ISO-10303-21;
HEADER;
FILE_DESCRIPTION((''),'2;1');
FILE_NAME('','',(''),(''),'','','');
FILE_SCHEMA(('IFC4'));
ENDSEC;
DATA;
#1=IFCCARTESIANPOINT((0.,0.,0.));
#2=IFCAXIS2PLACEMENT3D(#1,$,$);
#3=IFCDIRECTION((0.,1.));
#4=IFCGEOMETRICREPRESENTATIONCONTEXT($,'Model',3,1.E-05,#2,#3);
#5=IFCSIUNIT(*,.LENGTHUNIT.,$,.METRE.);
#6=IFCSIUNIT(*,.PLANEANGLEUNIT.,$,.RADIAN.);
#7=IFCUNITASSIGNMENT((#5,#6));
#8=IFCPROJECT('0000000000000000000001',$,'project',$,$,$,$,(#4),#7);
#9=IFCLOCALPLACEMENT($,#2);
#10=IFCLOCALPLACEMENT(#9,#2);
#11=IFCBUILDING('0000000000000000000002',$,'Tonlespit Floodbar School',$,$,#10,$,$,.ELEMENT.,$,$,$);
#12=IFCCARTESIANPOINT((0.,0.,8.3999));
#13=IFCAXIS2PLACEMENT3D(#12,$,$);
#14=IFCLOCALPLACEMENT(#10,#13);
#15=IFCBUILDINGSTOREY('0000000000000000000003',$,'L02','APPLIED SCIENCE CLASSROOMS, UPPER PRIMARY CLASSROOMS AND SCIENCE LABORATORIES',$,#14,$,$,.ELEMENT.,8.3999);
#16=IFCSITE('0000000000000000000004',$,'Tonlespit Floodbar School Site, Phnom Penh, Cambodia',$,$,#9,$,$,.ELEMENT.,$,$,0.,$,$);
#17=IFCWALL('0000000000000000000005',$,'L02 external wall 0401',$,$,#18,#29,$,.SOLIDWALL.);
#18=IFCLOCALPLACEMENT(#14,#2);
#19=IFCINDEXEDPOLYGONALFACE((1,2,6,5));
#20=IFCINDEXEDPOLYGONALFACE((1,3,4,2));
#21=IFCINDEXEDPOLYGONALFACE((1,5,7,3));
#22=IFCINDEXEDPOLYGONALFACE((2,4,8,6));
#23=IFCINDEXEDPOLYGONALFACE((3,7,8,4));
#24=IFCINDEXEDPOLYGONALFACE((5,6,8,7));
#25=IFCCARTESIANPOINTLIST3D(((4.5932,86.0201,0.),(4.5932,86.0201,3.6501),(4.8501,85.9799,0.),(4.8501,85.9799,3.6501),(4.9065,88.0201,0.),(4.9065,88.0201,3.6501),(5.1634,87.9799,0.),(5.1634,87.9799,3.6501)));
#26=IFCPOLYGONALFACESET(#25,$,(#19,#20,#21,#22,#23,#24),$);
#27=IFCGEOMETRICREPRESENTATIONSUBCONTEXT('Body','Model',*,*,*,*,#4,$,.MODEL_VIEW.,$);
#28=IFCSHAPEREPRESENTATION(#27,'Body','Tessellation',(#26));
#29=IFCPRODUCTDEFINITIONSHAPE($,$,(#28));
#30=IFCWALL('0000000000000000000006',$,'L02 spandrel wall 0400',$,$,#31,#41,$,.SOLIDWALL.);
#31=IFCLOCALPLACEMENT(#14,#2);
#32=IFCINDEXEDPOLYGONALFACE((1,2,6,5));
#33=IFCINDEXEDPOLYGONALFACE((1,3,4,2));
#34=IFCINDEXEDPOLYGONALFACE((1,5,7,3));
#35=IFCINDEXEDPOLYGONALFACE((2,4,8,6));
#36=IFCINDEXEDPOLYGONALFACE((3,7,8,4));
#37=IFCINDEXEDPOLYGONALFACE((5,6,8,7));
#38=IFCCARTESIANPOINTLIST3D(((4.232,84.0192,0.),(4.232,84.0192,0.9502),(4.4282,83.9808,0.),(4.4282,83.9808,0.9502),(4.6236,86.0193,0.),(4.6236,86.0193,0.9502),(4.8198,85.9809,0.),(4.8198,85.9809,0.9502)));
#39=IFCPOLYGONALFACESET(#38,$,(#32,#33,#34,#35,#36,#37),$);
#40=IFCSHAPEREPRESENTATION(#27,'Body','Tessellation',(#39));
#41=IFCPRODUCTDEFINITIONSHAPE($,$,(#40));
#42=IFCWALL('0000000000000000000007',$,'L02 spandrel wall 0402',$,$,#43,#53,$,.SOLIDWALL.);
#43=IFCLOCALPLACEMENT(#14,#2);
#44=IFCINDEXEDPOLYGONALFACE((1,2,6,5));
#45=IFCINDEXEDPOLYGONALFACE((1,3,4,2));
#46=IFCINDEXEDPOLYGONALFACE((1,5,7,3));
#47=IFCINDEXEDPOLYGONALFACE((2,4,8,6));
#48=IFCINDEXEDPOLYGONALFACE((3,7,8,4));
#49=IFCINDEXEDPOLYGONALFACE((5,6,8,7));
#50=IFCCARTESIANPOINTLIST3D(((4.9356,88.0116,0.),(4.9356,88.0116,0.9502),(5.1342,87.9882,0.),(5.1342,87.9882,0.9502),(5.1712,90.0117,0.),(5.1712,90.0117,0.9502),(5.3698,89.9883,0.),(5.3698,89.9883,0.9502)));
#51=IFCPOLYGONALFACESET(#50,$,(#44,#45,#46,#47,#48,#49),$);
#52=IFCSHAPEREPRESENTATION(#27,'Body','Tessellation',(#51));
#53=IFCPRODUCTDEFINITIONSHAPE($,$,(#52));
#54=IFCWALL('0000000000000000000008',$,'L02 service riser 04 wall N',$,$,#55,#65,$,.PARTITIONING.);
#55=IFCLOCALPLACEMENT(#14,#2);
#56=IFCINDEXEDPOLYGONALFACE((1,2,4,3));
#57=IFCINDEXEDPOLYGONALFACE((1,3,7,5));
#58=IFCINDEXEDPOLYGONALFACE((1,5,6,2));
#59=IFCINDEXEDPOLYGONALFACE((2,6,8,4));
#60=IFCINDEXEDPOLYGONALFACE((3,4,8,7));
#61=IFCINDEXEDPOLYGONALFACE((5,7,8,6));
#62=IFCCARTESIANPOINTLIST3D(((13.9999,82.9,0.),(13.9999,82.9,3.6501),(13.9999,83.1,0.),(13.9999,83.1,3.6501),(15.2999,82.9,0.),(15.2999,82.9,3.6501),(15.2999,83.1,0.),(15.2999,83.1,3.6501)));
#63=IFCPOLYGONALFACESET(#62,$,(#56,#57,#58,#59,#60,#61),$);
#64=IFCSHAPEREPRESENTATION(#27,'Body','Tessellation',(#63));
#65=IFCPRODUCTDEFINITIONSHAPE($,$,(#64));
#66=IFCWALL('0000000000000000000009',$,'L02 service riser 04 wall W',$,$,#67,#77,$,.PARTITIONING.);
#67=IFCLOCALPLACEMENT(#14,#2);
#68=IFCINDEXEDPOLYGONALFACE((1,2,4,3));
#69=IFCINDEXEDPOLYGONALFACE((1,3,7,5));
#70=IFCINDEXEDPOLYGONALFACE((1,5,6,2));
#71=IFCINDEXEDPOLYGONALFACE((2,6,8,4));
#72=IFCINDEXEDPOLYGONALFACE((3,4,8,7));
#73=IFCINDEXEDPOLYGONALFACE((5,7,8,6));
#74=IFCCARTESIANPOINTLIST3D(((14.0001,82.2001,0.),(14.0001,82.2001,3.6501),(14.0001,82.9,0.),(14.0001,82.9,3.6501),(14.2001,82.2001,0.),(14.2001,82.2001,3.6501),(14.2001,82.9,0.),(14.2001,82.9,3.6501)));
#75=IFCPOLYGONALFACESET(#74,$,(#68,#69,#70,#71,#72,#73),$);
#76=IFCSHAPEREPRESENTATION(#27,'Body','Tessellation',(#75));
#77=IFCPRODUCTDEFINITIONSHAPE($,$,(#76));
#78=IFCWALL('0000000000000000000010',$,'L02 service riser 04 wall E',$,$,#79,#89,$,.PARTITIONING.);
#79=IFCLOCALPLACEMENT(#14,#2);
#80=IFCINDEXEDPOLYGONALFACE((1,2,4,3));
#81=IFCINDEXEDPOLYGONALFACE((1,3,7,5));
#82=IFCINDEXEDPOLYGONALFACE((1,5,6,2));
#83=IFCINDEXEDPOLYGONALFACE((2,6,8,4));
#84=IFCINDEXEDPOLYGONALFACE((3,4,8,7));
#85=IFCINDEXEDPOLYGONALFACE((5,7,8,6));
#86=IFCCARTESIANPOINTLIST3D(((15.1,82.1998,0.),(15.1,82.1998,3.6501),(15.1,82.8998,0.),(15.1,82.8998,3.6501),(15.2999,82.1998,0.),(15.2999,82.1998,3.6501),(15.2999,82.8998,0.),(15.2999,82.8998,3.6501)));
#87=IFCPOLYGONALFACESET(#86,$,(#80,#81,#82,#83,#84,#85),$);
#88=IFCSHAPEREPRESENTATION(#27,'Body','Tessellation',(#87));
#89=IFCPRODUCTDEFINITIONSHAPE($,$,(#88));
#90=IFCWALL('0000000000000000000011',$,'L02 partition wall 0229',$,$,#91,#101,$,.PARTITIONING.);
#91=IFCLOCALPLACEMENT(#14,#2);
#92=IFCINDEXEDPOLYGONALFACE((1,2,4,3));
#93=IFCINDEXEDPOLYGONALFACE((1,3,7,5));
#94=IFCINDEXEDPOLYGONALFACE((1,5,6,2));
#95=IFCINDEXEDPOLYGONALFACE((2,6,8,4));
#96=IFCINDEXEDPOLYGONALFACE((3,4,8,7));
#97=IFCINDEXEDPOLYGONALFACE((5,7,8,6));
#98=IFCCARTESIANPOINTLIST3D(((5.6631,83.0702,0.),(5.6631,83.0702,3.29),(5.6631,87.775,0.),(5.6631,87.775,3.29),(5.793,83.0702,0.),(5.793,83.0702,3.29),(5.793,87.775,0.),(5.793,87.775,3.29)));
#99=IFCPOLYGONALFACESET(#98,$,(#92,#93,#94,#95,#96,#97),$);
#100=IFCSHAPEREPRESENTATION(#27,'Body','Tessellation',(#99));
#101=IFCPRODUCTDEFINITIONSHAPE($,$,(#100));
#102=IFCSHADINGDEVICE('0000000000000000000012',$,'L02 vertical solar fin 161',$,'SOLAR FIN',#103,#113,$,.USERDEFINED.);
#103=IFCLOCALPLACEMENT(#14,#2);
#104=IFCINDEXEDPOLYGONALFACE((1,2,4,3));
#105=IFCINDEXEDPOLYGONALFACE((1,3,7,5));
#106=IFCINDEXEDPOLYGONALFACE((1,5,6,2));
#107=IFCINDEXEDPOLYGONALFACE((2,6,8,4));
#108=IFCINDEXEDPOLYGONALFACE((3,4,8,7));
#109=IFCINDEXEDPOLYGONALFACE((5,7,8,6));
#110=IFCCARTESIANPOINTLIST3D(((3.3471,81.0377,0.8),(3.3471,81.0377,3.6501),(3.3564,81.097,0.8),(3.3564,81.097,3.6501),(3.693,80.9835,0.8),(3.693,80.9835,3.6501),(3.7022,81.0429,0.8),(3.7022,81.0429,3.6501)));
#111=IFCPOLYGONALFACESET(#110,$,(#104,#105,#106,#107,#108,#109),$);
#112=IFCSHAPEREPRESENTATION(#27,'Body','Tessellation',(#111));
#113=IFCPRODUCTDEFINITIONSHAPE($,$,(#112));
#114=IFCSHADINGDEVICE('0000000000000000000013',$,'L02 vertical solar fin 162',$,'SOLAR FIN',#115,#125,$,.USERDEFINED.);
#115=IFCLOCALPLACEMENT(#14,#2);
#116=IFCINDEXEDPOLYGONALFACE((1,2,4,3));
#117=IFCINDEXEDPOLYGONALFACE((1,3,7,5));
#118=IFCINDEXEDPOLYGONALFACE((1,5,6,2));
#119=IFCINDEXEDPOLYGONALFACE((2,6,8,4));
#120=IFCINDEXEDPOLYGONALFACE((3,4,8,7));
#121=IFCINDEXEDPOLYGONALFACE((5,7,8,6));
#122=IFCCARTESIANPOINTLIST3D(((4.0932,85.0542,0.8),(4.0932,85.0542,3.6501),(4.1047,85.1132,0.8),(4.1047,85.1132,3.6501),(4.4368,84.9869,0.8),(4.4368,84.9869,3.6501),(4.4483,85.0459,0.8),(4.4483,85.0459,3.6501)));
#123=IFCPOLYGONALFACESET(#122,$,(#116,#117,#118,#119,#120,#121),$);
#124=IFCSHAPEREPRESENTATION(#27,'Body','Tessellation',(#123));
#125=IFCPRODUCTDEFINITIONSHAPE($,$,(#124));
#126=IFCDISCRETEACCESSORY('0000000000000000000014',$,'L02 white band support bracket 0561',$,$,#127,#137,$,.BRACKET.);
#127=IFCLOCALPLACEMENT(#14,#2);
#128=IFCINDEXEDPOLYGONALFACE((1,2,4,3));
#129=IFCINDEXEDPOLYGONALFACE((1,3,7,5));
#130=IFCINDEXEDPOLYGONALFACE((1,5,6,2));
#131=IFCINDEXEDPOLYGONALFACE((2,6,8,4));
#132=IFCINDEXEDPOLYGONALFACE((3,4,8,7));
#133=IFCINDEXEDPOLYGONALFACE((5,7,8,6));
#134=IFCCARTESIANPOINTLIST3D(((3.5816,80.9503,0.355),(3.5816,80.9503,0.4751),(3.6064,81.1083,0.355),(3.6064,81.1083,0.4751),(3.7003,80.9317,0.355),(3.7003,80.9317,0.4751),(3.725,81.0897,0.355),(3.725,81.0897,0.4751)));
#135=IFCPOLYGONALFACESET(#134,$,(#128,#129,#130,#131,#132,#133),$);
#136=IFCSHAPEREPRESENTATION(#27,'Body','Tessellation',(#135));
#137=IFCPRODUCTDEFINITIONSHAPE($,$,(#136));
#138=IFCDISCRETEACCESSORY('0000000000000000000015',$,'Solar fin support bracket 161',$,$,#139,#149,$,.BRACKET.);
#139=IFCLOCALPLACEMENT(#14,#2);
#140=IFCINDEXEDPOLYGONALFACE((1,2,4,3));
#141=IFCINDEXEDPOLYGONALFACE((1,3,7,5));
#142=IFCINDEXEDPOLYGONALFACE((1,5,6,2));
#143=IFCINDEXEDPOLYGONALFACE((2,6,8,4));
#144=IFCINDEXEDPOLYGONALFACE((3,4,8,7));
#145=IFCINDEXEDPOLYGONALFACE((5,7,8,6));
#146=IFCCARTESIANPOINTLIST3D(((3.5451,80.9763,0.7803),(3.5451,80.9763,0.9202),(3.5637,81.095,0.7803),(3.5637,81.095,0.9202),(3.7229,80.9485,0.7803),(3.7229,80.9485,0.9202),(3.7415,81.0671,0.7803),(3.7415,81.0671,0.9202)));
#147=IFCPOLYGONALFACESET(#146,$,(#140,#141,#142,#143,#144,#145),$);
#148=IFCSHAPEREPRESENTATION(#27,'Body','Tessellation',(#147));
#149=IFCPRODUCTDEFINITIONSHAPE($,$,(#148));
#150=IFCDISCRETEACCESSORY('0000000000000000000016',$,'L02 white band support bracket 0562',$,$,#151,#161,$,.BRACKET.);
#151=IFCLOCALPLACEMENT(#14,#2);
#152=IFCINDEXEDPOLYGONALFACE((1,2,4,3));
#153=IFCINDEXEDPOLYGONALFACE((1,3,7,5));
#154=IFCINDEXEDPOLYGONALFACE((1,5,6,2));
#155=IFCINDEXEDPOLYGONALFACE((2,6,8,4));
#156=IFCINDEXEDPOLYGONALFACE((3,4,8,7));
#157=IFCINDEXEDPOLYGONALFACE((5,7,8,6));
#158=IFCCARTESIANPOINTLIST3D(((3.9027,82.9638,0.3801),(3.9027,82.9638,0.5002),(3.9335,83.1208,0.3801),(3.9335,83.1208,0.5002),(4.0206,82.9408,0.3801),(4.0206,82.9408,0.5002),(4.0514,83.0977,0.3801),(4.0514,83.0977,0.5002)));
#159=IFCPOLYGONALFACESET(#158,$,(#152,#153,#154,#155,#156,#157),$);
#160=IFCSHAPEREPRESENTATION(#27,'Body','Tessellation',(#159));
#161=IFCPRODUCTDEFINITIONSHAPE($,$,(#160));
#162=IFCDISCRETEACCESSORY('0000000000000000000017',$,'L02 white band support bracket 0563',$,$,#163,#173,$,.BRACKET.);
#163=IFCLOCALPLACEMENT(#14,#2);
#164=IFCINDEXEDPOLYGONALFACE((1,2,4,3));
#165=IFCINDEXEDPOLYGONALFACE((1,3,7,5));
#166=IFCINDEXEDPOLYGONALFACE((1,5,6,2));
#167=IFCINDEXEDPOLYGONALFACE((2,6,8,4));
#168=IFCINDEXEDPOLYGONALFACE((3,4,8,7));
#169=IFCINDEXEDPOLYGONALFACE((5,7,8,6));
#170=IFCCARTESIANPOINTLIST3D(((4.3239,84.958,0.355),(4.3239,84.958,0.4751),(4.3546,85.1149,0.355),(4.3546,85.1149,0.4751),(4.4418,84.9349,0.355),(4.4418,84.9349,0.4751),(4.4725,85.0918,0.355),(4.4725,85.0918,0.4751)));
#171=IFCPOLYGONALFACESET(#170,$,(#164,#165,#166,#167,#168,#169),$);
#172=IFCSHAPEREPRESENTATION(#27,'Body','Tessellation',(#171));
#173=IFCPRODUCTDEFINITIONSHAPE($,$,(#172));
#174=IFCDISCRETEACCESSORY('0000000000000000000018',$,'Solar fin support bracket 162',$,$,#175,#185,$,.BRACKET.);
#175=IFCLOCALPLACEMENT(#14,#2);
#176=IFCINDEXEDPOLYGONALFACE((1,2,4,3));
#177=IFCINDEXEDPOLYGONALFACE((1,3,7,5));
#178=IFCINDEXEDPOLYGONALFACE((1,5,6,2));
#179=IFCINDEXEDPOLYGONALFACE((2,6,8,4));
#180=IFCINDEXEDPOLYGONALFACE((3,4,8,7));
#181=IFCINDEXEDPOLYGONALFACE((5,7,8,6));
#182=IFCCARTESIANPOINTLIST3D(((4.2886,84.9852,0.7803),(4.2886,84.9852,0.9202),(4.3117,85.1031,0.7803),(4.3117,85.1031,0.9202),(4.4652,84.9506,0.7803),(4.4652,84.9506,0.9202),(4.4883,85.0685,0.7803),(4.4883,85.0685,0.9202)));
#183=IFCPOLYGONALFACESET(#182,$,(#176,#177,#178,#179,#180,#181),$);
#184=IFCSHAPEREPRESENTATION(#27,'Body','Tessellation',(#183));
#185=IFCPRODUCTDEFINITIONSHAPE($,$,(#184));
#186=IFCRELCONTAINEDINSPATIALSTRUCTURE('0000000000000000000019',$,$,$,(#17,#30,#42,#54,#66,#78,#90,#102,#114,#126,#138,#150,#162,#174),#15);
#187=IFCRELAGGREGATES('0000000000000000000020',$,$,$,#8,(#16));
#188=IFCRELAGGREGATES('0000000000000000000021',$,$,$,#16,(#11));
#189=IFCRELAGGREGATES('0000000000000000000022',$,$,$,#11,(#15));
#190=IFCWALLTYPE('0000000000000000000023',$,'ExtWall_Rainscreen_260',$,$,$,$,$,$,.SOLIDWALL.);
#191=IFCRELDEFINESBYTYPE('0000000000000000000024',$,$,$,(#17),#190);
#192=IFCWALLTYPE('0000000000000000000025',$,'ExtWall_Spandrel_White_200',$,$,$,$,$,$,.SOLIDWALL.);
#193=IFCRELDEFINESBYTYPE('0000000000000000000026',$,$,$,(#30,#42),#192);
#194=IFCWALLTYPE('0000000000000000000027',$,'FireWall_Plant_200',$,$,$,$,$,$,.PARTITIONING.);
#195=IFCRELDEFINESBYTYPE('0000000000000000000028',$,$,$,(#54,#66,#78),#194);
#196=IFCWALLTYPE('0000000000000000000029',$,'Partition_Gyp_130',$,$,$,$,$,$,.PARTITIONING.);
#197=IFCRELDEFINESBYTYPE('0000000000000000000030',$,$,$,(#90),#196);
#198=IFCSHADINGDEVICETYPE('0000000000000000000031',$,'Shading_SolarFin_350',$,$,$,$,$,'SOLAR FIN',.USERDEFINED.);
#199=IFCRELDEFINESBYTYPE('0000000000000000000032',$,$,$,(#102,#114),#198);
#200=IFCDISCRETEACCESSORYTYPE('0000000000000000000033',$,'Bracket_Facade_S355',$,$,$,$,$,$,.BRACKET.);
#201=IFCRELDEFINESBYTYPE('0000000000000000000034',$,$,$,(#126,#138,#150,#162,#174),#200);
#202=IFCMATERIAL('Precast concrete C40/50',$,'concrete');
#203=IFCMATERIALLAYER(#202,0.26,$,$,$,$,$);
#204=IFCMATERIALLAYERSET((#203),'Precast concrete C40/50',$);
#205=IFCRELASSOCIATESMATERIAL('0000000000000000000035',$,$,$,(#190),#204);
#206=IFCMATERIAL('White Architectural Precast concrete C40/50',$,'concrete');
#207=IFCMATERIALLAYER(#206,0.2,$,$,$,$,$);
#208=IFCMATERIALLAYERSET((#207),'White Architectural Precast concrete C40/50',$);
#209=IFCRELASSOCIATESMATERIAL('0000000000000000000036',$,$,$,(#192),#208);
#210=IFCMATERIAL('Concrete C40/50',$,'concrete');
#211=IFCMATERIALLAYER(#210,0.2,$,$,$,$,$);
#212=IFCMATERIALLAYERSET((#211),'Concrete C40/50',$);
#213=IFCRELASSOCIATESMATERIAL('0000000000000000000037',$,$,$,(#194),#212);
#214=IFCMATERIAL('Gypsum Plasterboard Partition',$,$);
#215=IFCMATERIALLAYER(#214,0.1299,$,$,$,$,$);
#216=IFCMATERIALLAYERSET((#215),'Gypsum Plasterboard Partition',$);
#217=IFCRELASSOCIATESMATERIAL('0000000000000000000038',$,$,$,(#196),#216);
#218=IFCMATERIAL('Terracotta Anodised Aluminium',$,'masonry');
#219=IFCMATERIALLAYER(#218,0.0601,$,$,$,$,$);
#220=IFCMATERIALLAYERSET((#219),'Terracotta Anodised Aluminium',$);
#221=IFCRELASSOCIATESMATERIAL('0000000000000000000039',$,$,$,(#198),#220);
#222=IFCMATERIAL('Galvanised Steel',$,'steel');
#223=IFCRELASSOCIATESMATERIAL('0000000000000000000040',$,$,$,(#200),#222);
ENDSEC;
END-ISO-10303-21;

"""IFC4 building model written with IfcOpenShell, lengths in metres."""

from ifc_helpers import new_model, si_unit, direction, frame, frame_2d, origin, origin_2d, place, context, subcontext, project, spatial, rectangle, extrude, material, layer, layer_set, type_object, element, save


model = new_model("IFC4")

# Units and contexts
model_context = context("Model", 3, precision=1e-05, world=origin(), true_north=direction((0.0, 1.0)))
body_context = subcontext(model_context, "Body", "Model", "MODEL_VIEW")
ifc_project = project(units=[si_unit("LENGTHUNIT", "METRE"), si_unit("PLANEANGLEUNIT", "RADIAN")], contexts=[model_context])

# Site, building, storey
site_placement = place(None, origin())
site = spatial("IfcSite", under=ifc_project, at=site_placement, Name="Tonlespit Floodbar School Site, Phnom Penh, Cambodia", CompositionType="ELEMENT", RefElevation=0.0)
building_placement = place(site_placement, origin())
building = spatial("IfcBuilding", under=site, at=building_placement, Name="Tonlespit Floodbar School", CompositionType="ELEMENT")
storey_placement = place(building_placement, frame((0.0, 0.0, 8.3999)))
storey = spatial("IfcBuildingStorey", under=building, at=storey_placement, Name="L02", Description="APPLIED SCIENCE CLASSROOMS, UPPER PRIMARY CLASSROOMS AND SCIENCE LABORATORIES", CompositionType="ELEMENT", Elevation=8.3999)

# Walls
ifc_material_1 = material(Name="Precast concrete C40/50", Category="concrete")
ifc_layer_1 = layer(ifc_material_1, 0.26)
ifc_layer_set_1 = layer_set([ifc_layer_1], Name="Precast concrete C40/50")
wall_type_1 = type_object("IfcWallType", Name="ExtWall_Rainscreen_260", PredefinedType="SOLIDWALL", material=ifc_layer_set_1)
wall_1_placement = place(storey_placement, frame((4.7217, 86.0, 0.0), z_axis=(0.0, 0.0, 1.0), x_axis=(0.15473, 0.987957, 0.0)))
element("IfcWall", 1, at=wall_1_placement, inside=storey, type_object=wall_type_1, Name="L02 external wall 0401", PredefinedType="SOLIDWALL", context=body_context, shape_type="SweptSolid", body=[
    extrude(rectangle(XDim=2.0244, YDim=0.26, at=frame_2d((1.0122, 0.0))), origin(), (0.0, 0.0, 1.0), 3.6501),
])
ifc_material_2 = material(Name="White Architectural Precast concrete C40/50", Category="concrete")
ifc_layer_2 = layer(ifc_material_2, 0.2)
ifc_layer_set_2 = layer_set([ifc_layer_2], Name="White Architectural Precast concrete C40/50")
wall_type_2 = type_object("IfcWallType", Name="ExtWall_Spandrel_White_200", PredefinedType="SOLIDWALL", material=ifc_layer_set_2)
wall_2_placement = place(storey_placement, frame((4.3301, 84.0, 0.0), z_axis=(0.0, 0.0, 1.0), x_axis=(0.192152, 0.981365, 0.0)))
element("IfcWall", 2, at=wall_2_placement, inside=storey, type_object=wall_type_2, Name="L02 spandrel wall 0400", PredefinedType="SOLIDWALL", context=body_context, shape_type="SweptSolid", body=[
    extrude(rectangle(XDim=2.0381, YDim=0.2, at=frame_2d((1.019, 0.0))), origin(), (0.0, 0.0, 1.0), 0.9502),
])
wall_3_placement = place(storey_placement, frame((5.0349, 88.0, 0.0), z_axis=(0.0, 0.0, 1.0), x_axis=(0.116989, 0.993133, 0.0)))
element("IfcWall", 3, at=wall_3_placement, inside=storey, type_object=wall_type_2, Name="L02 spandrel wall 0402", PredefinedType="SOLIDWALL", context=body_context, shape_type="SweptSolid", body=[
    extrude(rectangle(XDim=2.0139, YDim=0.2, at=frame_2d((1.0068, 0.0))), origin(), (0.0, 0.0, 1.0), 0.9502),
])
ifc_material_3 = material(Name="Concrete C40/50", Category="concrete")
ifc_layer_3 = layer(ifc_material_3, 0.2)
ifc_layer_set_3 = layer_set([ifc_layer_3], Name="Concrete C40/50")
wall_type_3 = type_object("IfcWallType", Name="FireWall_Plant_200", PredefinedType="PARTITIONING", material=ifc_layer_set_3)
wall_4_placement = place(storey_placement, frame((14.0, 83.0, 0.0), z_axis=(0.0, 0.0, 1.0), x_axis=(1.0, 0.0, 0.0)))
element("IfcWall", 4, at=wall_4_placement, inside=storey, type_object=wall_type_3, Name="L02 service riser 04 wall N", PredefinedType="PARTITIONING", context=body_context, shape_type="SweptSolid", body=[
    extrude(rectangle(XDim=1.3, YDim=0.2, at=frame_2d((0.6499, 0.0))), origin(), (0.0, 0.0, 1.0), 3.6501),
])
for number, where, z_axis, x_axis, name in (
    (5, (14.1001, 82.2, 0.0), (0.0, 0.0, 1.0), (0.0, 1.0, 0.0), "L02 service riser 04 wall W"),
    (6, (15.2, 82.8999, 0.0), (0.0, 0.0, 1.0), (0.0, -1.0, 0.0), "L02 service riser 04 wall E"),
):
    element("IfcWall", number, at=place(storey_placement, frame(where, z_axis=z_axis, x_axis=x_axis)), inside=storey, type_object=wall_type_3, Name=name, PredefinedType="PARTITIONING", context=body_context, shape_type="SweptSolid", body=[
        extrude(rectangle(XDim=0.7, YDim=0.2, at=frame_2d((0.3501, 0.0))), origin(), (0.0, 0.0, 1.0), 3.6501),
    ])
ifc_material_4 = material(Name="Gypsum Plasterboard Partition")
ifc_layer_4 = layer(ifc_material_4, 0.1299)
ifc_layer_set_4 = layer_set([ifc_layer_4], Name="Gypsum Plasterboard Partition")
wall_type_4 = type_object("IfcWallType", Name="Partition_Gyp_130", PredefinedType="PARTITIONING", material=ifc_layer_set_4)
wall_5_placement = place(storey_placement, frame((5.728, 83.0701, 0.0), z_axis=(0.0, 0.0, 1.0), x_axis=(0.0, 1.0, 0.0)))
element("IfcWall", 7, at=wall_5_placement, inside=storey, type_object=wall_type_4, Name="L02 partition wall 0229", PredefinedType="PARTITIONING", context=body_context, shape_type="SweptSolid", body=[
    extrude(rectangle(XDim=4.7048, YDim=0.1299, at=frame_2d((2.3525, 0.0))), origin(), (0.0, 0.0, 1.0), 3.29),
])

# Shading devices
ifc_material_5 = material(Name="Terracotta Anodised Aluminium", Category="masonry")
ifc_layer_5 = layer(ifc_material_5, 0.0601)
ifc_layer_set_5 = layer_set([ifc_layer_5], Name="Terracotta Anodised Aluminium")
shading_device_type = type_object("IfcShadingDeviceType", Name="Shading_SolarFin_350", ElementType="SOLAR FIN", PredefinedType="USERDEFINED", material=ifc_layer_set_5)
for number, where, z_axis, x_axis, name in (
    (8, (3.5247, 81.0403, 0.8), (0.0, 0.0, 1.0), (0.154714, 0.987959, 0.0), "L02 vertical solar fin 161"),
    (9, (4.2708, 85.05, 0.8), (0.0, 0.0, 1.0), (0.192246, 0.981347, 0.0), "L02 vertical solar fin 162"),
):
    element("IfcShadingDevice", number, at=place(storey_placement, frame(where, z_axis=z_axis, x_axis=x_axis)), inside=storey, type_object=shading_device_type, Name=name, ObjectType="SOLAR FIN", PredefinedType="USERDEFINED", context=body_context, shape_type="SweptSolid", body=[
        extrude(rectangle(XDim=0.0601, YDim=0.3501, at=origin_2d()), origin(), (0.0, 0.0, 1.0), 2.8501),
    ])

# Discrete accessories
ifc_material_6 = material(Name="Galvanised Steel", Category="steel")
discrete_accessory_type = type_object("IfcDiscreteAccessoryType", Name="Bracket_Facade_S355", PredefinedType="BRACKET", material=ifc_material_6)
discrete_accessory_1_placement = place(storey_placement, frame((3.6533, 81.02, 0.355), z_axis=(0.0, 0.0, 1.0), x_axis=(0.154714, 0.987959, 0.0)))
element("IfcDiscreteAccessory", 10, at=discrete_accessory_1_placement, inside=storey, type_object=discrete_accessory_type, Name="L02 white band support bracket 0561", PredefinedType="BRACKET", context=body_context, shape_type="SweptSolid", body=[
    extrude(rectangle(XDim=0.1599, YDim=0.1201, at=origin_2d()), origin(), (0.0, 0.0, 1.0), 0.1201),
])
discrete_accessory_2_placement = place(storey_placement, frame((3.6433, 81.0217, 0.7803), z_axis=(0.0, 0.0, 1.0), x_axis=(0.154714, 0.987959, 0.0)))
element("IfcDiscreteAccessory", 11, at=discrete_accessory_2_placement, inside=storey, type_object=discrete_accessory_type, Name="Solar fin support bracket 161", PredefinedType="BRACKET", context=body_context, shape_type="SweptSolid", body=[
    extrude(rectangle(XDim=0.1201, YDim=0.1799, at=origin_2d()), origin(), (0.0, 0.0, 1.0), 0.1399),
])
for number, where, z_axis, x_axis, name in (
    (12, (3.9771, 83.0308, 0.3801), (0.0, 0.0, 1.0), (0.192246, 0.981347, 0.0), "L02 white band support bracket 0562"),
    (13, (4.3982, 85.0249, 0.355), (0.0, 0.0, 1.0), (0.192246, 0.981347, 0.0), "L02 white band support bracket 0563"),
):
    element("IfcDiscreteAccessory", number, at=place(storey_placement, frame(where, z_axis=z_axis, x_axis=x_axis)), inside=storey, type_object=discrete_accessory_type, Name=name, PredefinedType="BRACKET", context=body_context, shape_type="SweptSolid", body=[
        extrude(rectangle(XDim=0.1599, YDim=0.1201, at=origin_2d()), origin(), (0.0, 0.0, 1.0), 0.1201),
    ])
discrete_accessory_3_placement = place(storey_placement, frame((4.3884, 85.0269, 0.7803), z_axis=(0.0, 0.0, 1.0), x_axis=(0.192246, 0.981347, 0.0)))
element("IfcDiscreteAccessory", 14, at=discrete_accessory_3_placement, inside=storey, type_object=discrete_accessory_type, Name="Solar fin support bracket 162", PredefinedType="BRACKET", context=body_context, shape_type="SweptSolid", body=[
    extrude(rectangle(XDim=0.1201, YDim=0.1799, at=origin_2d()), origin(), (0.0, 0.0, 1.0), 0.1399),
])

save(model, "model.ifc")
